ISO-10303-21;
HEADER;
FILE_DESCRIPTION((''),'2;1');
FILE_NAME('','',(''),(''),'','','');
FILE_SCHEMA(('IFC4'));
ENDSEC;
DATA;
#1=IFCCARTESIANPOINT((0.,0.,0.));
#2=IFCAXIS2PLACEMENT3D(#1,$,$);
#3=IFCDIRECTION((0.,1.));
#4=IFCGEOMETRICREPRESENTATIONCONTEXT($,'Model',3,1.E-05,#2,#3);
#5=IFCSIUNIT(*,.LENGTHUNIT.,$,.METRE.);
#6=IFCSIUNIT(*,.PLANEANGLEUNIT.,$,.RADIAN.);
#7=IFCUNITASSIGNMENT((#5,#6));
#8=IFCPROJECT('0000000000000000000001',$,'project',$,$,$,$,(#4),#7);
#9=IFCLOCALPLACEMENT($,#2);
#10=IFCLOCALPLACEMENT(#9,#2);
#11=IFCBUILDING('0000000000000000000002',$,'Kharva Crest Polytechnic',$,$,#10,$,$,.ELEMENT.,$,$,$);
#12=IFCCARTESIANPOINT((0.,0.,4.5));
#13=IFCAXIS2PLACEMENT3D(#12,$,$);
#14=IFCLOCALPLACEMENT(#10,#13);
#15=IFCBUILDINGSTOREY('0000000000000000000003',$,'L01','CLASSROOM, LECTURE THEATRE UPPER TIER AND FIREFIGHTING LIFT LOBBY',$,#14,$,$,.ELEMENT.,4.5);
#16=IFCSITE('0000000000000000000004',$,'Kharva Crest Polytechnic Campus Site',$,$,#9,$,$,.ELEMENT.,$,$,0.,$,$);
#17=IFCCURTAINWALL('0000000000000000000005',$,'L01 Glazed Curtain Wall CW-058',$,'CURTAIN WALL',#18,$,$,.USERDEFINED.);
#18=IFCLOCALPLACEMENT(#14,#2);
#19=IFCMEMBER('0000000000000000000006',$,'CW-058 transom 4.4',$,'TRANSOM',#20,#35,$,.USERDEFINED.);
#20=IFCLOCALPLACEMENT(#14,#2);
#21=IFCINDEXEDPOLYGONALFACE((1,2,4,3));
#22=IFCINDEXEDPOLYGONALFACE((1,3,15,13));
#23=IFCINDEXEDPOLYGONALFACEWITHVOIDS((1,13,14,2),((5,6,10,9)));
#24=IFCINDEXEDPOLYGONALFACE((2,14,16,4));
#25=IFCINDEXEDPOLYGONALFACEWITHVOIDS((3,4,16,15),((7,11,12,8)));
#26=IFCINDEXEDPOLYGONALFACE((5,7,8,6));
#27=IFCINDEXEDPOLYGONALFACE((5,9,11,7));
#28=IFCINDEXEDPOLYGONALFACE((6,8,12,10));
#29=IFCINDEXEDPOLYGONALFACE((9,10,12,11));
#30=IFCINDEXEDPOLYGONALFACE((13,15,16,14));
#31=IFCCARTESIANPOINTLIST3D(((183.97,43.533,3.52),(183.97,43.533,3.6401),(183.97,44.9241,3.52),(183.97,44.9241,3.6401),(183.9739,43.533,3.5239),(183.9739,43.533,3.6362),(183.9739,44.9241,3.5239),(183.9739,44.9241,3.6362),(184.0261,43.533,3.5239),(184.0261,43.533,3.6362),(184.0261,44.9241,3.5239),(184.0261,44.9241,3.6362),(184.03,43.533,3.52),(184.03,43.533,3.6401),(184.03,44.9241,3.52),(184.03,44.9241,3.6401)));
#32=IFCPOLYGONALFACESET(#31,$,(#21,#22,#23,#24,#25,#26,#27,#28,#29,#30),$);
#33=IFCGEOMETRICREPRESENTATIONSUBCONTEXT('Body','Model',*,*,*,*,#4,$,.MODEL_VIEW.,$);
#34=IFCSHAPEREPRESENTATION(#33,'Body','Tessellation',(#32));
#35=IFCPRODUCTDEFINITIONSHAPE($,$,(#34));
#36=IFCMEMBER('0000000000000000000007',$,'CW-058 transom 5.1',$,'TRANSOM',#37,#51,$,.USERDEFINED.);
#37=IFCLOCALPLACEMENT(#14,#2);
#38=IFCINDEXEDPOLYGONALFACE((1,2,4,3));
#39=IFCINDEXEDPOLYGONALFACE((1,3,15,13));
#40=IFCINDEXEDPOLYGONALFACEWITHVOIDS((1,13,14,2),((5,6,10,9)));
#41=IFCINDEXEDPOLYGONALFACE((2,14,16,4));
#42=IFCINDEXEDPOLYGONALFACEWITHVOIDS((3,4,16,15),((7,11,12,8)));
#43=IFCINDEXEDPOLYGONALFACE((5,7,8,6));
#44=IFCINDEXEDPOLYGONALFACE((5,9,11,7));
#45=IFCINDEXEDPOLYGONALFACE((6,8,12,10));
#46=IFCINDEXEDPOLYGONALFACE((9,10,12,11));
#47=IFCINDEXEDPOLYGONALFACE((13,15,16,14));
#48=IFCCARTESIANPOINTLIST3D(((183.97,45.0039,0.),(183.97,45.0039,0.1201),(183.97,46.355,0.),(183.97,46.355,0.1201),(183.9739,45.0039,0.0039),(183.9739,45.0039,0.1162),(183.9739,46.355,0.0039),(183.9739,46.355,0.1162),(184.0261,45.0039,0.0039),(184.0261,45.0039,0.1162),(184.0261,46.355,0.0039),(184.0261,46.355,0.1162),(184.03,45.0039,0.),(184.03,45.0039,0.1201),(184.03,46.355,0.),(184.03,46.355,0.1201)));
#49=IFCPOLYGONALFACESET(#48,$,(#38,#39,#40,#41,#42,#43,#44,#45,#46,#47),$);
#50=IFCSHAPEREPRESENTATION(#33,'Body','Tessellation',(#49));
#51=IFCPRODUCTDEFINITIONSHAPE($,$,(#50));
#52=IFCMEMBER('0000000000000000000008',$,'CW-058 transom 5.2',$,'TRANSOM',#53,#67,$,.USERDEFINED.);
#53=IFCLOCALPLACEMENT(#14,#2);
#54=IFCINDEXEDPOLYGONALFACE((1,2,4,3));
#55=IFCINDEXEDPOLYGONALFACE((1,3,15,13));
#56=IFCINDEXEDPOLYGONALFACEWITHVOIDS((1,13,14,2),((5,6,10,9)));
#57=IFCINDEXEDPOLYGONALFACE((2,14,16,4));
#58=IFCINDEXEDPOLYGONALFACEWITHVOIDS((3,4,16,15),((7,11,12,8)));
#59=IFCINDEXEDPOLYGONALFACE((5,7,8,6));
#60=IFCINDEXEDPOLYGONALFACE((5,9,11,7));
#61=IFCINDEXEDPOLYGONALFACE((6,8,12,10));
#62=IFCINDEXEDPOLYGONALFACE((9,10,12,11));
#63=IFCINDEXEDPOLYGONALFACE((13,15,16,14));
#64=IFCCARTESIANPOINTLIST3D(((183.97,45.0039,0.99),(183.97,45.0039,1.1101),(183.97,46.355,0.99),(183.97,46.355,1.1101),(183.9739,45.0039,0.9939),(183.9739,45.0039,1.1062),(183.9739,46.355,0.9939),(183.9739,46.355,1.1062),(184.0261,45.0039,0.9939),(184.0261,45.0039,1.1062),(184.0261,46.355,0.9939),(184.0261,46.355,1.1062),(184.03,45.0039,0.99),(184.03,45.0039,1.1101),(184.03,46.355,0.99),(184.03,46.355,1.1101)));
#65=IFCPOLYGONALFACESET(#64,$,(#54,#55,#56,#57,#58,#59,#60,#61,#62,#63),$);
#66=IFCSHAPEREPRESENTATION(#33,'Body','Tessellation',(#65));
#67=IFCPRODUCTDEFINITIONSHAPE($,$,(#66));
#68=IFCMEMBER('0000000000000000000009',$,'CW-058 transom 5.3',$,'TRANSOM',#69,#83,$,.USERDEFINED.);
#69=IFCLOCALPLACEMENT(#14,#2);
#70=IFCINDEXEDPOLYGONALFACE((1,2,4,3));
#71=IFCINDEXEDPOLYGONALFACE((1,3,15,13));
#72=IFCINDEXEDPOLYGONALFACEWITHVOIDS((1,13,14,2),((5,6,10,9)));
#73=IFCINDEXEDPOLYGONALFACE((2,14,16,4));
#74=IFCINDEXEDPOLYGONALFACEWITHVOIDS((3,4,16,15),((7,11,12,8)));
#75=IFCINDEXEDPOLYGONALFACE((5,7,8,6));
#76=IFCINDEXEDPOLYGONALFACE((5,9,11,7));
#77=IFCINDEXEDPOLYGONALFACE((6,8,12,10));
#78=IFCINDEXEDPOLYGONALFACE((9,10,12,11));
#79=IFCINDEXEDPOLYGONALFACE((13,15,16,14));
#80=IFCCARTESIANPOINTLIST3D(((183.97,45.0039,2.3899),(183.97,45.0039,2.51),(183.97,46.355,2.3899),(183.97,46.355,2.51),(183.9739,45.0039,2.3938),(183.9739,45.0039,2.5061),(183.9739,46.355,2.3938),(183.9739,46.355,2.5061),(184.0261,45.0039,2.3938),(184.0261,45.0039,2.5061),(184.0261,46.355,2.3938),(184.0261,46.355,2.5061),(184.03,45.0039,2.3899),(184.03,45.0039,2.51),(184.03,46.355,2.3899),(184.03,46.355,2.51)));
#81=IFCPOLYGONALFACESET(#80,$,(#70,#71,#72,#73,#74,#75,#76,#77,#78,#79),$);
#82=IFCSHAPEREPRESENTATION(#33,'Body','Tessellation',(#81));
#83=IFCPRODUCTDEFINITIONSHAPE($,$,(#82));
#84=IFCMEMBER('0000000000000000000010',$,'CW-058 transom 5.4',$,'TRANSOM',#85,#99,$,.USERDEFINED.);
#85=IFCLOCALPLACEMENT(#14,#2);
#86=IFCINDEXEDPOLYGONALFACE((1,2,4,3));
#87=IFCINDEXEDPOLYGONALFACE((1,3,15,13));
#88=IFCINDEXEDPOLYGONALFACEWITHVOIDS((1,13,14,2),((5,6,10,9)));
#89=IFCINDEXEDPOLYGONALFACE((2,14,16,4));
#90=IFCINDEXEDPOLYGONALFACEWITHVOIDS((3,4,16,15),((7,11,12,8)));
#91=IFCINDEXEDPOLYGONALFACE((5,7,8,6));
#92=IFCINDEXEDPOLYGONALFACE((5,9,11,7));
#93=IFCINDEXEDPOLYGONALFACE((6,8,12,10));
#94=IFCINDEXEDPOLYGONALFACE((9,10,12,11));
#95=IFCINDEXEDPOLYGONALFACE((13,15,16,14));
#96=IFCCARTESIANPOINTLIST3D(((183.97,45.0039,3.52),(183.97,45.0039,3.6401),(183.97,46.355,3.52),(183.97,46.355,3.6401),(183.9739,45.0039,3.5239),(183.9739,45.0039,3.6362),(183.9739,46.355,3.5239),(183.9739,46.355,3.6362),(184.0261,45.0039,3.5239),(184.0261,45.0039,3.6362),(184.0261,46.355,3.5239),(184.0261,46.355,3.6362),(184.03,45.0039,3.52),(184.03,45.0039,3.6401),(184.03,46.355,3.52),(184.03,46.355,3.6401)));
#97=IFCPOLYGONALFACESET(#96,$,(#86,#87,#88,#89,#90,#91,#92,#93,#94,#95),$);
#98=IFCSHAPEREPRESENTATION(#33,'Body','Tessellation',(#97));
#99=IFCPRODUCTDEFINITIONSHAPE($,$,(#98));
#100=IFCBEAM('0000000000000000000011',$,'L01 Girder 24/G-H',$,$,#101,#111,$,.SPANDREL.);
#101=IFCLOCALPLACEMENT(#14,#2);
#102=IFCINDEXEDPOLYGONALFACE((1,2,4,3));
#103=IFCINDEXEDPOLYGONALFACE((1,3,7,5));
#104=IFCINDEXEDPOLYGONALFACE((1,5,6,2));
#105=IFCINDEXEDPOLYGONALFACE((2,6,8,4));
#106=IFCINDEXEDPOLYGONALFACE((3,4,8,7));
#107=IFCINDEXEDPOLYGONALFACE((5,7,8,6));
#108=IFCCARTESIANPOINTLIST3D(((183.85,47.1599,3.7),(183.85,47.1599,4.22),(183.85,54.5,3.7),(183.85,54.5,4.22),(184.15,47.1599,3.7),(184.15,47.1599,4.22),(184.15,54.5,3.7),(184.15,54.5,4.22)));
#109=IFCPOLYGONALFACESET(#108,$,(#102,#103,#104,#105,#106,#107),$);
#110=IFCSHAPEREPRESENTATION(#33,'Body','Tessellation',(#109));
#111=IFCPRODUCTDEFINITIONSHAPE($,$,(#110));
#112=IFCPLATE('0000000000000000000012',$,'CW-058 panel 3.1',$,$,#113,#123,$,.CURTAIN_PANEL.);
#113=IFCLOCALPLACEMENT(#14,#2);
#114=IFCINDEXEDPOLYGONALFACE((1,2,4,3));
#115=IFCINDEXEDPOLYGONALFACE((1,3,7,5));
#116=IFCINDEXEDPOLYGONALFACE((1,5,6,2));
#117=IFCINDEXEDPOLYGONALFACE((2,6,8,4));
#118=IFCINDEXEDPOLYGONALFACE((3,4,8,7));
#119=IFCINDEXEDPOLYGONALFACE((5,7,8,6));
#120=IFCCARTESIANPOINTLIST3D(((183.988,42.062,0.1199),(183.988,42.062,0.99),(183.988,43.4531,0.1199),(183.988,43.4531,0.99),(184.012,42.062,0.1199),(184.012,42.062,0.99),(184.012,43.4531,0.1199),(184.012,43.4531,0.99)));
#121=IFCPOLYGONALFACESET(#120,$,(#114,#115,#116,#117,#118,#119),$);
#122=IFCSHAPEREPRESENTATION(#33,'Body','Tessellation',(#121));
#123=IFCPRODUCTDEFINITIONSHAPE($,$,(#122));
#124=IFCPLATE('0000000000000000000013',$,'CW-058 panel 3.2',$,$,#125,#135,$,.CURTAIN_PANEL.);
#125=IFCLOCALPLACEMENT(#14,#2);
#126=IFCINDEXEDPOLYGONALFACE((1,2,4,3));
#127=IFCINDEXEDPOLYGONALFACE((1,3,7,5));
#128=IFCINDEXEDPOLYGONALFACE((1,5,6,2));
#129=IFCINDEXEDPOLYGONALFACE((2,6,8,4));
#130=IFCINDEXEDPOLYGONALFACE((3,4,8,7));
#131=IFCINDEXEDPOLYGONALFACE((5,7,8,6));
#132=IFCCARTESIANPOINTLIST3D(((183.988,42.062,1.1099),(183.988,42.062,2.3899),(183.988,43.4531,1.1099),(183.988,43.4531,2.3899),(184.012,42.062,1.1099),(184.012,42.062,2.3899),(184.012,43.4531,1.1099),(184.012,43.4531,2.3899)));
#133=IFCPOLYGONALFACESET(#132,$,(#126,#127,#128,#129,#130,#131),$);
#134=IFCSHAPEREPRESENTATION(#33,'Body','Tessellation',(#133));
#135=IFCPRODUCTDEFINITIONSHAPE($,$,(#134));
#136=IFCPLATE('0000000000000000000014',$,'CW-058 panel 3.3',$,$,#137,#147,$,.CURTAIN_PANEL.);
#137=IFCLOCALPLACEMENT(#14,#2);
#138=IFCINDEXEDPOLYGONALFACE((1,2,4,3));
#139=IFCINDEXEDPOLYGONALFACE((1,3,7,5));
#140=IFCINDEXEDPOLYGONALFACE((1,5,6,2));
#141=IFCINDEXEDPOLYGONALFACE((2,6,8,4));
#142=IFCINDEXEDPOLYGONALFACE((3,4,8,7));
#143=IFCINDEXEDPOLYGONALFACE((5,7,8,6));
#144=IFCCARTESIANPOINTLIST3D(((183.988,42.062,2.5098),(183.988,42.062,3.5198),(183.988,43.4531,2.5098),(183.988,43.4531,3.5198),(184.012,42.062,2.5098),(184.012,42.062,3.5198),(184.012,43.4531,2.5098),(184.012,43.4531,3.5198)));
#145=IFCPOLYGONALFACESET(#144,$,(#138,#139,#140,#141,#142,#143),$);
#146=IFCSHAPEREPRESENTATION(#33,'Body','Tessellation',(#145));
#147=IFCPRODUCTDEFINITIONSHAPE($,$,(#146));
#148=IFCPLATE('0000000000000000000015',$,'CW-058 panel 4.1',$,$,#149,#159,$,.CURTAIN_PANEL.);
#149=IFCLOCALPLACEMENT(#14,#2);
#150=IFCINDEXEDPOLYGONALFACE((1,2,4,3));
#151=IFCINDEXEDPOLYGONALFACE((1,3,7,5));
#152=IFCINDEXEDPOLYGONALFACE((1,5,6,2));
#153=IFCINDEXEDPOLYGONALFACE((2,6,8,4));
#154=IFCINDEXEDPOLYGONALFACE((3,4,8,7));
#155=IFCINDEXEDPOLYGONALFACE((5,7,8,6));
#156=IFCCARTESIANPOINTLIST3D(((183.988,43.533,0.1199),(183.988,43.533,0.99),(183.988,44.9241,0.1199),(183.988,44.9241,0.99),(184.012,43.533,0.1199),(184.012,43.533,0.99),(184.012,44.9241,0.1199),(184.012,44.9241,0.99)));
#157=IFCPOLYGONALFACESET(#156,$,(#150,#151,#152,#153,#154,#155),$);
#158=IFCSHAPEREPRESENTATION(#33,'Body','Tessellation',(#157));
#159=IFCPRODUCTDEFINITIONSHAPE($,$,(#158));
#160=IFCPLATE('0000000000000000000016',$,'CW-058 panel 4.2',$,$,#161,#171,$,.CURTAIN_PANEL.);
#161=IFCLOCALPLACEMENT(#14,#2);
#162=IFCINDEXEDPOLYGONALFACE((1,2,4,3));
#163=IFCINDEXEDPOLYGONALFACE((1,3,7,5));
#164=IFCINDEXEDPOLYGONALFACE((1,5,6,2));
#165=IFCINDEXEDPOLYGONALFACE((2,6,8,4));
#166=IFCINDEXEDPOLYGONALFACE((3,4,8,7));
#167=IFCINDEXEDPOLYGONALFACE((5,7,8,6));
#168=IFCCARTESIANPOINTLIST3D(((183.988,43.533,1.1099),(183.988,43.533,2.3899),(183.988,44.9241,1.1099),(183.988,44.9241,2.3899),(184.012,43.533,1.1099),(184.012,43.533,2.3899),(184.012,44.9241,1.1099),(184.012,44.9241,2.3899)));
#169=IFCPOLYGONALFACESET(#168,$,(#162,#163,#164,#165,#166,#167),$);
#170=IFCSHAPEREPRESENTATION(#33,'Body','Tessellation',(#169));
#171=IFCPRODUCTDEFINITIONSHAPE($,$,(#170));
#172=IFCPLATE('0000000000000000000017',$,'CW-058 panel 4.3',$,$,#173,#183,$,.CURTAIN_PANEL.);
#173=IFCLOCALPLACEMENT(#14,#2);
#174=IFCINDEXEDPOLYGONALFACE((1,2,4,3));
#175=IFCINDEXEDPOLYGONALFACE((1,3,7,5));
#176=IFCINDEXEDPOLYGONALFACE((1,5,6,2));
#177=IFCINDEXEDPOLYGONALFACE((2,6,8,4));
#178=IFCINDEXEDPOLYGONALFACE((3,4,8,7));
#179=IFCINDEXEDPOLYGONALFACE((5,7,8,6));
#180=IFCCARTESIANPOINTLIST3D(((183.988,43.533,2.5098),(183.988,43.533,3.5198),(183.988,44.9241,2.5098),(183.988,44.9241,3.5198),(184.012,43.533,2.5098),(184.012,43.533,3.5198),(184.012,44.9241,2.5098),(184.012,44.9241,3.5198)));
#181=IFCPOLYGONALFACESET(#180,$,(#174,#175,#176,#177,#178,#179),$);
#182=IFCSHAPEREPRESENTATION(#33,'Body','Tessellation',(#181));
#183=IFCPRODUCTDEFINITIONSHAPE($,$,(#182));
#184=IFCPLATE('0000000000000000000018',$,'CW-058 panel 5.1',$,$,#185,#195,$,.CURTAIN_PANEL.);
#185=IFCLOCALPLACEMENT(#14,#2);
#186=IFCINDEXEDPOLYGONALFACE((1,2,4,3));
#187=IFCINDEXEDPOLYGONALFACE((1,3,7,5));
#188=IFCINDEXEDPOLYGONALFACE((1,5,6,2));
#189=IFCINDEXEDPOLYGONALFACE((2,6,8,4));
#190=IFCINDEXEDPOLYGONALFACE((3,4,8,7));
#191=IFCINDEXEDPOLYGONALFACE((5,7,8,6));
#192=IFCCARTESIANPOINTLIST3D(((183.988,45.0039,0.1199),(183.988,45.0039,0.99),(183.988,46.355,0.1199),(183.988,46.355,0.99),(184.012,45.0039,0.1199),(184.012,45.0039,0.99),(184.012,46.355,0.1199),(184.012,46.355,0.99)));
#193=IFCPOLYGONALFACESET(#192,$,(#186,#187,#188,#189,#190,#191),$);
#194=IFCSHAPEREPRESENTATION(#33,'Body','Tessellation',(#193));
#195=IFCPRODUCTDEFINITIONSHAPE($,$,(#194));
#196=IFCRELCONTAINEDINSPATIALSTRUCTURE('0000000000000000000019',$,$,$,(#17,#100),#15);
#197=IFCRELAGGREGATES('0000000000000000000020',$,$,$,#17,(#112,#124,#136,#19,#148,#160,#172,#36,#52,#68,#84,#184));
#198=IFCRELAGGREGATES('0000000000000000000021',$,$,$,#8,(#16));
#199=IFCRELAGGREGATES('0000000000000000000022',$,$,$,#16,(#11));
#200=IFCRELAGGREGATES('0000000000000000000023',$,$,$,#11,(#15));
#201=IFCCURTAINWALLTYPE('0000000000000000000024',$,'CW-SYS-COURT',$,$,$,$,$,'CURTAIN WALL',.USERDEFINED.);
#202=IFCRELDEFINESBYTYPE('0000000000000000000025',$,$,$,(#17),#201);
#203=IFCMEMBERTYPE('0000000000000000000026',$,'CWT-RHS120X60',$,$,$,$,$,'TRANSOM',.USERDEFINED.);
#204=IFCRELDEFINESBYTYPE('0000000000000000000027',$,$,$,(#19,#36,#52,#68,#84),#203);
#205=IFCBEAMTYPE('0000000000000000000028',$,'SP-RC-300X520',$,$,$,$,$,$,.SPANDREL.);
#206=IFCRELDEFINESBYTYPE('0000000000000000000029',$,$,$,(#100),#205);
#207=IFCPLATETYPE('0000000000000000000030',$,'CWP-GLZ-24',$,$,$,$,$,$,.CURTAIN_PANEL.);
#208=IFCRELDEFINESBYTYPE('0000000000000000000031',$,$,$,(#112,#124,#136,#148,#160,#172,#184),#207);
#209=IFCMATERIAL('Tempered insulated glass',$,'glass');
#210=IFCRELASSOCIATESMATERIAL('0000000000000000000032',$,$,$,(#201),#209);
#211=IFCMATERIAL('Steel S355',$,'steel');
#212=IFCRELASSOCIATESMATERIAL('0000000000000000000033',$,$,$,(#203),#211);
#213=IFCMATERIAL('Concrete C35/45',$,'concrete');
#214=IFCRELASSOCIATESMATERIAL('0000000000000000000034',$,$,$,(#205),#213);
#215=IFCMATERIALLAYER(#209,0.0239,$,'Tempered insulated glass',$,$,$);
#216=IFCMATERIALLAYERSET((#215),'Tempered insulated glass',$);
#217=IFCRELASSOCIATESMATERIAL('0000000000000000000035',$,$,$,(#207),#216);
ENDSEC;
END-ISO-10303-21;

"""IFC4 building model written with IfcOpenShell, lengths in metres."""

from ifc_helpers import new_model, si_unit, direction, frame, origin, origin_2d, place, context, subcontext, project, spatial, rectangle, hollow_rectangle, extrude, material, layer, layer_set, material_profile, profile_set, type_object, element, aggregate, save


model = new_model("IFC4")

# Units and contexts
model_context = context("Model", 3, precision=1e-05, world=origin(), true_north=direction((0.0, 1.0)))
body_context = subcontext(model_context, "Body", "Model", "MODEL_VIEW")
ifc_project = project(units=[si_unit("LENGTHUNIT", "METRE"), si_unit("PLANEANGLEUNIT", "RADIAN")], contexts=[model_context])

# Site, building, storey
site_placement = place(None, origin())
site = spatial("IfcSite", under=ifc_project, at=site_placement, Name="Kharva Crest Polytechnic Campus Site", CompositionType="ELEMENT", RefElevation=0.0)
building_placement = place(site_placement, origin())
building = spatial("IfcBuilding", under=site, at=building_placement, Name="Kharva Crest Polytechnic", CompositionType="ELEMENT")
storey_placement = place(building_placement, frame((0.0, 0.0, 4.5)))
storey = spatial("IfcBuildingStorey", under=building, at=storey_placement, Name="L01", Description="CLASSROOM, LECTURE THEATRE UPPER TIER AND FIREFIGHTING LIFT LOBBY", CompositionType="ELEMENT", Elevation=4.5)

# Curtain wall
ifc_material_1 = material(Name="Tempered insulated glass", Category="glass")
curtain_wall_type = type_object("IfcCurtainWallType", Name="CW-SYS-COURT", ElementType="CURTAIN WALL", PredefinedType="USERDEFINED", material=ifc_material_1)
curtain_wall_1_placement = place(storey_placement, origin())
curtain_wall_1 = element("IfcCurtainWall", 1, at=curtain_wall_1_placement, inside=storey, type_object=curtain_wall_type, Name="L01 Glazed Curtain Wall CW-058", ObjectType="CURTAIN WALL", PredefinedType="USERDEFINED")
ifc_material_2 = material(Name="Steel S355", Category="steel")

# Members
ifc_material_profile_1 = material_profile(ifc_material_2, hollow_rectangle(XDim=0.0601, YDim=0.1201, WallThickness=0.0039, at=origin_2d()), Name="RHS 120X60X4.0")
ifc_profile_set_1 = profile_set([ifc_material_profile_1], Name="Steel S355")
member_type_1 = type_object("IfcMemberType", Name="CWT-RHS120X60", ElementType="TRANSOM", PredefinedType="USERDEFINED", material=ifc_profile_set_1)
member_1_placement = place(storey_placement, frame((184.0, 43.533, 3.5801), z_axis=(0.0, 1.0, 0.0), x_axis=(-1.0, 0.0, 0.0)))
member_1 = element("IfcMember", 2, at=member_1_placement, type_object=member_type_1, Name="CW-058 transom 4.4", ObjectType="TRANSOM", PredefinedType="USERDEFINED", context=body_context, shape_type="SweptSolid", body=[
    extrude(hollow_rectangle(XDim=0.0601, YDim=0.1201, WallThickness=0.0039, at=origin_2d()), origin(), (0.0, 0.0, 1.0), 1.3911),
])
member_2_placement = place(storey_placement, frame((184.0, 45.0039, 0.0601), z_axis=(0.0, 1.0, 0.0), x_axis=(-1.0, 0.0, 0.0)))
member_2 = element("IfcMember", 3, at=member_2_placement, type_object=member_type_1, Name="CW-058 transom 5.1", ObjectType="TRANSOM", PredefinedType="USERDEFINED", context=body_context, shape_type="SweptSolid", body=[
    extrude(hollow_rectangle(XDim=0.0601, YDim=0.1201, WallThickness=0.0039, at=origin_2d()), origin(), (0.0, 0.0, 1.0), 1.3511),
])
member_3_placement = place(storey_placement, frame((184.0, 45.0039, 1.05), z_axis=(0.0, 1.0, 0.0), x_axis=(-1.0, 0.0, 0.0)))
member_3 = element("IfcMember", 4, at=member_3_placement, type_object=member_type_1, Name="CW-058 transom 5.2", ObjectType="TRANSOM", PredefinedType="USERDEFINED", context=body_context, shape_type="SweptSolid", body=[
    extrude(hollow_rectangle(XDim=0.0601, YDim=0.1201, WallThickness=0.0039, at=origin_2d()), origin(), (0.0, 0.0, 1.0), 1.3511),
])
member_4_placement = place(storey_placement, frame((184.0, 45.0039, 2.45), z_axis=(0.0, 1.0, 0.0), x_axis=(-1.0, 0.0, 0.0)))
member_4 = element("IfcMember", 5, at=member_4_placement, type_object=member_type_1, Name="CW-058 transom 5.3", ObjectType="TRANSOM", PredefinedType="USERDEFINED", context=body_context, shape_type="SweptSolid", body=[
    extrude(hollow_rectangle(XDim=0.0601, YDim=0.1201, WallThickness=0.0039, at=origin_2d()), origin(), (0.0, 0.0, 1.0), 1.3511),
])
member_5_placement = place(storey_placement, frame((184.0, 45.0039, 3.5801), z_axis=(0.0, 1.0, 0.0), x_axis=(-1.0, 0.0, 0.0)))
member_5 = element("IfcMember", 6, at=member_5_placement, type_object=member_type_1, Name="CW-058 transom 5.4", ObjectType="TRANSOM", PredefinedType="USERDEFINED", context=body_context, shape_type="SweptSolid", body=[
    extrude(hollow_rectangle(XDim=0.0601, YDim=0.1201, WallThickness=0.0039, at=origin_2d()), origin(), (0.0, 0.0, 1.0), 1.3511),
])

# Beam
ifc_material_3 = material(Name="Concrete C35/45", Category="concrete")
ifc_material_profile_2 = material_profile(ifc_material_3, rectangle(XDim=0.3, YDim=0.52, at=origin_2d()), Name="RECT 300 X 520")
ifc_profile_set_2 = profile_set([ifc_material_profile_2], Name="Concrete C35/45")
beam_type = type_object("IfcBeamType", Name="SP-RC-300X520", PredefinedType="SPANDREL", material=ifc_profile_set_2)
beam_placement = place(storey_placement, frame((184.0, 47.1599, 3.96), z_axis=(0.0, 1.0, 0.0), x_axis=(-1.0, 0.0, 0.0)))
element("IfcBeam", 7, at=beam_placement, inside=storey, type_object=beam_type, Name="L01 Girder 24/G-H", PredefinedType="SPANDREL", context=body_context, shape_type="SweptSolid", body=[
    extrude(rectangle(XDim=0.3, YDim=0.52, at=origin_2d()), origin(), (0.0, 0.0, 1.0), 7.3401),
])

# Plates
ifc_layer = layer(ifc_material_1, 0.0239, Name="Tempered insulated glass")
ifc_layer_set = layer_set([ifc_layer], Name="Tempered insulated glass")
plate_type = type_object("IfcPlateType", Name="CWP-GLZ-24", PredefinedType="CURTAIN_PANEL", material=ifc_layer_set)
plate_1_placement = place(storey_placement, frame((184.0, 42.7576, 0.1199), z_axis=(0.0, 0.0, 1.0), x_axis=(0.0, 1.0, 0.0)))
plate_1 = element("IfcPlate", 8, at=plate_1_placement, type_object=plate_type, Name="CW-058 panel 3.1", PredefinedType="CURTAIN_PANEL", context=body_context, shape_type="SweptSolid", body=[
    extrude(rectangle(XDim=1.3911, YDim=0.0239, at=origin_2d()), origin(), (0.0, 0.0, 1.0), 0.8701),
])
plate_2_placement = place(storey_placement, frame((184.0, 42.7576, 1.1099), z_axis=(0.0, 0.0, 1.0), x_axis=(0.0, 1.0, 0.0)))
plate_2 = element("IfcPlate", 9, at=plate_2_placement, type_object=plate_type, Name="CW-058 panel 3.2", PredefinedType="CURTAIN_PANEL", context=body_context, shape_type="SweptSolid", body=[
    extrude(rectangle(XDim=1.3911, YDim=0.0239, at=origin_2d()), origin(), (0.0, 0.0, 1.0), 1.28),
])
plate_3_placement = place(storey_placement, frame((184.0, 42.7576, 2.5098), z_axis=(0.0, 0.0, 1.0), x_axis=(0.0, 1.0, 0.0)))
plate_3 = element("IfcPlate", 10, at=plate_3_placement, type_object=plate_type, Name="CW-058 panel 3.3", PredefinedType="CURTAIN_PANEL", context=body_context, shape_type="SweptSolid", body=[
    extrude(rectangle(XDim=1.3911, YDim=0.0239, at=origin_2d()), origin(), (0.0, 0.0, 1.0), 1.01),
])
plate_4_placement = place(storey_placement, frame((184.0, 44.2285, 0.1199), z_axis=(0.0, 0.0, 1.0), x_axis=(0.0, 1.0, 0.0)))
plate_4 = element("IfcPlate", 11, at=plate_4_placement, type_object=plate_type, Name="CW-058 panel 4.1", PredefinedType="CURTAIN_PANEL", context=body_context, shape_type="SweptSolid", body=[
    extrude(rectangle(XDim=1.3911, YDim=0.0239, at=origin_2d()), origin(), (0.0, 0.0, 1.0), 0.8701),
])
plate_5_placement = place(storey_placement, frame((184.0, 44.2285, 1.1099), z_axis=(0.0, 0.0, 1.0), x_axis=(0.0, 1.0, 0.0)))
plate_5 = element("IfcPlate", 12, at=plate_5_placement, type_object=plate_type, Name="CW-058 panel 4.2", PredefinedType="CURTAIN_PANEL", context=body_context, shape_type="SweptSolid", body=[
    extrude(rectangle(XDim=1.3911, YDim=0.0239, at=origin_2d()), origin(), (0.0, 0.0, 1.0), 1.28),
])
plate_6_placement = place(storey_placement, frame((184.0, 44.2285, 2.5098), z_axis=(0.0, 0.0, 1.0), x_axis=(0.0, 1.0, 0.0)))
plate_6 = element("IfcPlate", 13, at=plate_6_placement, type_object=plate_type, Name="CW-058 panel 4.3", PredefinedType="CURTAIN_PANEL", context=body_context, shape_type="SweptSolid", body=[
    extrude(rectangle(XDim=1.3911, YDim=0.0239, at=origin_2d()), origin(), (0.0, 0.0, 1.0), 1.01),
])
plate_7_placement = place(storey_placement, frame((184.0, 45.6794, 0.1199), z_axis=(0.0, 0.0, 1.0), x_axis=(0.0, 1.0, 0.0)))
plate_7 = element("IfcPlate", 14, at=plate_7_placement, type_object=plate_type, Name="CW-058 panel 5.1", PredefinedType="CURTAIN_PANEL", context=body_context, shape_type="SweptSolid", body=[
    extrude(rectangle(XDim=1.3511, YDim=0.0239, at=origin_2d()), origin(), (0.0, 0.0, 1.0), 0.8701),
])
aggregate(curtain_wall_1, [plate_1, plate_2, plate_3, member_1, plate_4, plate_5, plate_6, member_2, member_3, member_4, member_5, plate_7])

save(model, "model.ifc")
